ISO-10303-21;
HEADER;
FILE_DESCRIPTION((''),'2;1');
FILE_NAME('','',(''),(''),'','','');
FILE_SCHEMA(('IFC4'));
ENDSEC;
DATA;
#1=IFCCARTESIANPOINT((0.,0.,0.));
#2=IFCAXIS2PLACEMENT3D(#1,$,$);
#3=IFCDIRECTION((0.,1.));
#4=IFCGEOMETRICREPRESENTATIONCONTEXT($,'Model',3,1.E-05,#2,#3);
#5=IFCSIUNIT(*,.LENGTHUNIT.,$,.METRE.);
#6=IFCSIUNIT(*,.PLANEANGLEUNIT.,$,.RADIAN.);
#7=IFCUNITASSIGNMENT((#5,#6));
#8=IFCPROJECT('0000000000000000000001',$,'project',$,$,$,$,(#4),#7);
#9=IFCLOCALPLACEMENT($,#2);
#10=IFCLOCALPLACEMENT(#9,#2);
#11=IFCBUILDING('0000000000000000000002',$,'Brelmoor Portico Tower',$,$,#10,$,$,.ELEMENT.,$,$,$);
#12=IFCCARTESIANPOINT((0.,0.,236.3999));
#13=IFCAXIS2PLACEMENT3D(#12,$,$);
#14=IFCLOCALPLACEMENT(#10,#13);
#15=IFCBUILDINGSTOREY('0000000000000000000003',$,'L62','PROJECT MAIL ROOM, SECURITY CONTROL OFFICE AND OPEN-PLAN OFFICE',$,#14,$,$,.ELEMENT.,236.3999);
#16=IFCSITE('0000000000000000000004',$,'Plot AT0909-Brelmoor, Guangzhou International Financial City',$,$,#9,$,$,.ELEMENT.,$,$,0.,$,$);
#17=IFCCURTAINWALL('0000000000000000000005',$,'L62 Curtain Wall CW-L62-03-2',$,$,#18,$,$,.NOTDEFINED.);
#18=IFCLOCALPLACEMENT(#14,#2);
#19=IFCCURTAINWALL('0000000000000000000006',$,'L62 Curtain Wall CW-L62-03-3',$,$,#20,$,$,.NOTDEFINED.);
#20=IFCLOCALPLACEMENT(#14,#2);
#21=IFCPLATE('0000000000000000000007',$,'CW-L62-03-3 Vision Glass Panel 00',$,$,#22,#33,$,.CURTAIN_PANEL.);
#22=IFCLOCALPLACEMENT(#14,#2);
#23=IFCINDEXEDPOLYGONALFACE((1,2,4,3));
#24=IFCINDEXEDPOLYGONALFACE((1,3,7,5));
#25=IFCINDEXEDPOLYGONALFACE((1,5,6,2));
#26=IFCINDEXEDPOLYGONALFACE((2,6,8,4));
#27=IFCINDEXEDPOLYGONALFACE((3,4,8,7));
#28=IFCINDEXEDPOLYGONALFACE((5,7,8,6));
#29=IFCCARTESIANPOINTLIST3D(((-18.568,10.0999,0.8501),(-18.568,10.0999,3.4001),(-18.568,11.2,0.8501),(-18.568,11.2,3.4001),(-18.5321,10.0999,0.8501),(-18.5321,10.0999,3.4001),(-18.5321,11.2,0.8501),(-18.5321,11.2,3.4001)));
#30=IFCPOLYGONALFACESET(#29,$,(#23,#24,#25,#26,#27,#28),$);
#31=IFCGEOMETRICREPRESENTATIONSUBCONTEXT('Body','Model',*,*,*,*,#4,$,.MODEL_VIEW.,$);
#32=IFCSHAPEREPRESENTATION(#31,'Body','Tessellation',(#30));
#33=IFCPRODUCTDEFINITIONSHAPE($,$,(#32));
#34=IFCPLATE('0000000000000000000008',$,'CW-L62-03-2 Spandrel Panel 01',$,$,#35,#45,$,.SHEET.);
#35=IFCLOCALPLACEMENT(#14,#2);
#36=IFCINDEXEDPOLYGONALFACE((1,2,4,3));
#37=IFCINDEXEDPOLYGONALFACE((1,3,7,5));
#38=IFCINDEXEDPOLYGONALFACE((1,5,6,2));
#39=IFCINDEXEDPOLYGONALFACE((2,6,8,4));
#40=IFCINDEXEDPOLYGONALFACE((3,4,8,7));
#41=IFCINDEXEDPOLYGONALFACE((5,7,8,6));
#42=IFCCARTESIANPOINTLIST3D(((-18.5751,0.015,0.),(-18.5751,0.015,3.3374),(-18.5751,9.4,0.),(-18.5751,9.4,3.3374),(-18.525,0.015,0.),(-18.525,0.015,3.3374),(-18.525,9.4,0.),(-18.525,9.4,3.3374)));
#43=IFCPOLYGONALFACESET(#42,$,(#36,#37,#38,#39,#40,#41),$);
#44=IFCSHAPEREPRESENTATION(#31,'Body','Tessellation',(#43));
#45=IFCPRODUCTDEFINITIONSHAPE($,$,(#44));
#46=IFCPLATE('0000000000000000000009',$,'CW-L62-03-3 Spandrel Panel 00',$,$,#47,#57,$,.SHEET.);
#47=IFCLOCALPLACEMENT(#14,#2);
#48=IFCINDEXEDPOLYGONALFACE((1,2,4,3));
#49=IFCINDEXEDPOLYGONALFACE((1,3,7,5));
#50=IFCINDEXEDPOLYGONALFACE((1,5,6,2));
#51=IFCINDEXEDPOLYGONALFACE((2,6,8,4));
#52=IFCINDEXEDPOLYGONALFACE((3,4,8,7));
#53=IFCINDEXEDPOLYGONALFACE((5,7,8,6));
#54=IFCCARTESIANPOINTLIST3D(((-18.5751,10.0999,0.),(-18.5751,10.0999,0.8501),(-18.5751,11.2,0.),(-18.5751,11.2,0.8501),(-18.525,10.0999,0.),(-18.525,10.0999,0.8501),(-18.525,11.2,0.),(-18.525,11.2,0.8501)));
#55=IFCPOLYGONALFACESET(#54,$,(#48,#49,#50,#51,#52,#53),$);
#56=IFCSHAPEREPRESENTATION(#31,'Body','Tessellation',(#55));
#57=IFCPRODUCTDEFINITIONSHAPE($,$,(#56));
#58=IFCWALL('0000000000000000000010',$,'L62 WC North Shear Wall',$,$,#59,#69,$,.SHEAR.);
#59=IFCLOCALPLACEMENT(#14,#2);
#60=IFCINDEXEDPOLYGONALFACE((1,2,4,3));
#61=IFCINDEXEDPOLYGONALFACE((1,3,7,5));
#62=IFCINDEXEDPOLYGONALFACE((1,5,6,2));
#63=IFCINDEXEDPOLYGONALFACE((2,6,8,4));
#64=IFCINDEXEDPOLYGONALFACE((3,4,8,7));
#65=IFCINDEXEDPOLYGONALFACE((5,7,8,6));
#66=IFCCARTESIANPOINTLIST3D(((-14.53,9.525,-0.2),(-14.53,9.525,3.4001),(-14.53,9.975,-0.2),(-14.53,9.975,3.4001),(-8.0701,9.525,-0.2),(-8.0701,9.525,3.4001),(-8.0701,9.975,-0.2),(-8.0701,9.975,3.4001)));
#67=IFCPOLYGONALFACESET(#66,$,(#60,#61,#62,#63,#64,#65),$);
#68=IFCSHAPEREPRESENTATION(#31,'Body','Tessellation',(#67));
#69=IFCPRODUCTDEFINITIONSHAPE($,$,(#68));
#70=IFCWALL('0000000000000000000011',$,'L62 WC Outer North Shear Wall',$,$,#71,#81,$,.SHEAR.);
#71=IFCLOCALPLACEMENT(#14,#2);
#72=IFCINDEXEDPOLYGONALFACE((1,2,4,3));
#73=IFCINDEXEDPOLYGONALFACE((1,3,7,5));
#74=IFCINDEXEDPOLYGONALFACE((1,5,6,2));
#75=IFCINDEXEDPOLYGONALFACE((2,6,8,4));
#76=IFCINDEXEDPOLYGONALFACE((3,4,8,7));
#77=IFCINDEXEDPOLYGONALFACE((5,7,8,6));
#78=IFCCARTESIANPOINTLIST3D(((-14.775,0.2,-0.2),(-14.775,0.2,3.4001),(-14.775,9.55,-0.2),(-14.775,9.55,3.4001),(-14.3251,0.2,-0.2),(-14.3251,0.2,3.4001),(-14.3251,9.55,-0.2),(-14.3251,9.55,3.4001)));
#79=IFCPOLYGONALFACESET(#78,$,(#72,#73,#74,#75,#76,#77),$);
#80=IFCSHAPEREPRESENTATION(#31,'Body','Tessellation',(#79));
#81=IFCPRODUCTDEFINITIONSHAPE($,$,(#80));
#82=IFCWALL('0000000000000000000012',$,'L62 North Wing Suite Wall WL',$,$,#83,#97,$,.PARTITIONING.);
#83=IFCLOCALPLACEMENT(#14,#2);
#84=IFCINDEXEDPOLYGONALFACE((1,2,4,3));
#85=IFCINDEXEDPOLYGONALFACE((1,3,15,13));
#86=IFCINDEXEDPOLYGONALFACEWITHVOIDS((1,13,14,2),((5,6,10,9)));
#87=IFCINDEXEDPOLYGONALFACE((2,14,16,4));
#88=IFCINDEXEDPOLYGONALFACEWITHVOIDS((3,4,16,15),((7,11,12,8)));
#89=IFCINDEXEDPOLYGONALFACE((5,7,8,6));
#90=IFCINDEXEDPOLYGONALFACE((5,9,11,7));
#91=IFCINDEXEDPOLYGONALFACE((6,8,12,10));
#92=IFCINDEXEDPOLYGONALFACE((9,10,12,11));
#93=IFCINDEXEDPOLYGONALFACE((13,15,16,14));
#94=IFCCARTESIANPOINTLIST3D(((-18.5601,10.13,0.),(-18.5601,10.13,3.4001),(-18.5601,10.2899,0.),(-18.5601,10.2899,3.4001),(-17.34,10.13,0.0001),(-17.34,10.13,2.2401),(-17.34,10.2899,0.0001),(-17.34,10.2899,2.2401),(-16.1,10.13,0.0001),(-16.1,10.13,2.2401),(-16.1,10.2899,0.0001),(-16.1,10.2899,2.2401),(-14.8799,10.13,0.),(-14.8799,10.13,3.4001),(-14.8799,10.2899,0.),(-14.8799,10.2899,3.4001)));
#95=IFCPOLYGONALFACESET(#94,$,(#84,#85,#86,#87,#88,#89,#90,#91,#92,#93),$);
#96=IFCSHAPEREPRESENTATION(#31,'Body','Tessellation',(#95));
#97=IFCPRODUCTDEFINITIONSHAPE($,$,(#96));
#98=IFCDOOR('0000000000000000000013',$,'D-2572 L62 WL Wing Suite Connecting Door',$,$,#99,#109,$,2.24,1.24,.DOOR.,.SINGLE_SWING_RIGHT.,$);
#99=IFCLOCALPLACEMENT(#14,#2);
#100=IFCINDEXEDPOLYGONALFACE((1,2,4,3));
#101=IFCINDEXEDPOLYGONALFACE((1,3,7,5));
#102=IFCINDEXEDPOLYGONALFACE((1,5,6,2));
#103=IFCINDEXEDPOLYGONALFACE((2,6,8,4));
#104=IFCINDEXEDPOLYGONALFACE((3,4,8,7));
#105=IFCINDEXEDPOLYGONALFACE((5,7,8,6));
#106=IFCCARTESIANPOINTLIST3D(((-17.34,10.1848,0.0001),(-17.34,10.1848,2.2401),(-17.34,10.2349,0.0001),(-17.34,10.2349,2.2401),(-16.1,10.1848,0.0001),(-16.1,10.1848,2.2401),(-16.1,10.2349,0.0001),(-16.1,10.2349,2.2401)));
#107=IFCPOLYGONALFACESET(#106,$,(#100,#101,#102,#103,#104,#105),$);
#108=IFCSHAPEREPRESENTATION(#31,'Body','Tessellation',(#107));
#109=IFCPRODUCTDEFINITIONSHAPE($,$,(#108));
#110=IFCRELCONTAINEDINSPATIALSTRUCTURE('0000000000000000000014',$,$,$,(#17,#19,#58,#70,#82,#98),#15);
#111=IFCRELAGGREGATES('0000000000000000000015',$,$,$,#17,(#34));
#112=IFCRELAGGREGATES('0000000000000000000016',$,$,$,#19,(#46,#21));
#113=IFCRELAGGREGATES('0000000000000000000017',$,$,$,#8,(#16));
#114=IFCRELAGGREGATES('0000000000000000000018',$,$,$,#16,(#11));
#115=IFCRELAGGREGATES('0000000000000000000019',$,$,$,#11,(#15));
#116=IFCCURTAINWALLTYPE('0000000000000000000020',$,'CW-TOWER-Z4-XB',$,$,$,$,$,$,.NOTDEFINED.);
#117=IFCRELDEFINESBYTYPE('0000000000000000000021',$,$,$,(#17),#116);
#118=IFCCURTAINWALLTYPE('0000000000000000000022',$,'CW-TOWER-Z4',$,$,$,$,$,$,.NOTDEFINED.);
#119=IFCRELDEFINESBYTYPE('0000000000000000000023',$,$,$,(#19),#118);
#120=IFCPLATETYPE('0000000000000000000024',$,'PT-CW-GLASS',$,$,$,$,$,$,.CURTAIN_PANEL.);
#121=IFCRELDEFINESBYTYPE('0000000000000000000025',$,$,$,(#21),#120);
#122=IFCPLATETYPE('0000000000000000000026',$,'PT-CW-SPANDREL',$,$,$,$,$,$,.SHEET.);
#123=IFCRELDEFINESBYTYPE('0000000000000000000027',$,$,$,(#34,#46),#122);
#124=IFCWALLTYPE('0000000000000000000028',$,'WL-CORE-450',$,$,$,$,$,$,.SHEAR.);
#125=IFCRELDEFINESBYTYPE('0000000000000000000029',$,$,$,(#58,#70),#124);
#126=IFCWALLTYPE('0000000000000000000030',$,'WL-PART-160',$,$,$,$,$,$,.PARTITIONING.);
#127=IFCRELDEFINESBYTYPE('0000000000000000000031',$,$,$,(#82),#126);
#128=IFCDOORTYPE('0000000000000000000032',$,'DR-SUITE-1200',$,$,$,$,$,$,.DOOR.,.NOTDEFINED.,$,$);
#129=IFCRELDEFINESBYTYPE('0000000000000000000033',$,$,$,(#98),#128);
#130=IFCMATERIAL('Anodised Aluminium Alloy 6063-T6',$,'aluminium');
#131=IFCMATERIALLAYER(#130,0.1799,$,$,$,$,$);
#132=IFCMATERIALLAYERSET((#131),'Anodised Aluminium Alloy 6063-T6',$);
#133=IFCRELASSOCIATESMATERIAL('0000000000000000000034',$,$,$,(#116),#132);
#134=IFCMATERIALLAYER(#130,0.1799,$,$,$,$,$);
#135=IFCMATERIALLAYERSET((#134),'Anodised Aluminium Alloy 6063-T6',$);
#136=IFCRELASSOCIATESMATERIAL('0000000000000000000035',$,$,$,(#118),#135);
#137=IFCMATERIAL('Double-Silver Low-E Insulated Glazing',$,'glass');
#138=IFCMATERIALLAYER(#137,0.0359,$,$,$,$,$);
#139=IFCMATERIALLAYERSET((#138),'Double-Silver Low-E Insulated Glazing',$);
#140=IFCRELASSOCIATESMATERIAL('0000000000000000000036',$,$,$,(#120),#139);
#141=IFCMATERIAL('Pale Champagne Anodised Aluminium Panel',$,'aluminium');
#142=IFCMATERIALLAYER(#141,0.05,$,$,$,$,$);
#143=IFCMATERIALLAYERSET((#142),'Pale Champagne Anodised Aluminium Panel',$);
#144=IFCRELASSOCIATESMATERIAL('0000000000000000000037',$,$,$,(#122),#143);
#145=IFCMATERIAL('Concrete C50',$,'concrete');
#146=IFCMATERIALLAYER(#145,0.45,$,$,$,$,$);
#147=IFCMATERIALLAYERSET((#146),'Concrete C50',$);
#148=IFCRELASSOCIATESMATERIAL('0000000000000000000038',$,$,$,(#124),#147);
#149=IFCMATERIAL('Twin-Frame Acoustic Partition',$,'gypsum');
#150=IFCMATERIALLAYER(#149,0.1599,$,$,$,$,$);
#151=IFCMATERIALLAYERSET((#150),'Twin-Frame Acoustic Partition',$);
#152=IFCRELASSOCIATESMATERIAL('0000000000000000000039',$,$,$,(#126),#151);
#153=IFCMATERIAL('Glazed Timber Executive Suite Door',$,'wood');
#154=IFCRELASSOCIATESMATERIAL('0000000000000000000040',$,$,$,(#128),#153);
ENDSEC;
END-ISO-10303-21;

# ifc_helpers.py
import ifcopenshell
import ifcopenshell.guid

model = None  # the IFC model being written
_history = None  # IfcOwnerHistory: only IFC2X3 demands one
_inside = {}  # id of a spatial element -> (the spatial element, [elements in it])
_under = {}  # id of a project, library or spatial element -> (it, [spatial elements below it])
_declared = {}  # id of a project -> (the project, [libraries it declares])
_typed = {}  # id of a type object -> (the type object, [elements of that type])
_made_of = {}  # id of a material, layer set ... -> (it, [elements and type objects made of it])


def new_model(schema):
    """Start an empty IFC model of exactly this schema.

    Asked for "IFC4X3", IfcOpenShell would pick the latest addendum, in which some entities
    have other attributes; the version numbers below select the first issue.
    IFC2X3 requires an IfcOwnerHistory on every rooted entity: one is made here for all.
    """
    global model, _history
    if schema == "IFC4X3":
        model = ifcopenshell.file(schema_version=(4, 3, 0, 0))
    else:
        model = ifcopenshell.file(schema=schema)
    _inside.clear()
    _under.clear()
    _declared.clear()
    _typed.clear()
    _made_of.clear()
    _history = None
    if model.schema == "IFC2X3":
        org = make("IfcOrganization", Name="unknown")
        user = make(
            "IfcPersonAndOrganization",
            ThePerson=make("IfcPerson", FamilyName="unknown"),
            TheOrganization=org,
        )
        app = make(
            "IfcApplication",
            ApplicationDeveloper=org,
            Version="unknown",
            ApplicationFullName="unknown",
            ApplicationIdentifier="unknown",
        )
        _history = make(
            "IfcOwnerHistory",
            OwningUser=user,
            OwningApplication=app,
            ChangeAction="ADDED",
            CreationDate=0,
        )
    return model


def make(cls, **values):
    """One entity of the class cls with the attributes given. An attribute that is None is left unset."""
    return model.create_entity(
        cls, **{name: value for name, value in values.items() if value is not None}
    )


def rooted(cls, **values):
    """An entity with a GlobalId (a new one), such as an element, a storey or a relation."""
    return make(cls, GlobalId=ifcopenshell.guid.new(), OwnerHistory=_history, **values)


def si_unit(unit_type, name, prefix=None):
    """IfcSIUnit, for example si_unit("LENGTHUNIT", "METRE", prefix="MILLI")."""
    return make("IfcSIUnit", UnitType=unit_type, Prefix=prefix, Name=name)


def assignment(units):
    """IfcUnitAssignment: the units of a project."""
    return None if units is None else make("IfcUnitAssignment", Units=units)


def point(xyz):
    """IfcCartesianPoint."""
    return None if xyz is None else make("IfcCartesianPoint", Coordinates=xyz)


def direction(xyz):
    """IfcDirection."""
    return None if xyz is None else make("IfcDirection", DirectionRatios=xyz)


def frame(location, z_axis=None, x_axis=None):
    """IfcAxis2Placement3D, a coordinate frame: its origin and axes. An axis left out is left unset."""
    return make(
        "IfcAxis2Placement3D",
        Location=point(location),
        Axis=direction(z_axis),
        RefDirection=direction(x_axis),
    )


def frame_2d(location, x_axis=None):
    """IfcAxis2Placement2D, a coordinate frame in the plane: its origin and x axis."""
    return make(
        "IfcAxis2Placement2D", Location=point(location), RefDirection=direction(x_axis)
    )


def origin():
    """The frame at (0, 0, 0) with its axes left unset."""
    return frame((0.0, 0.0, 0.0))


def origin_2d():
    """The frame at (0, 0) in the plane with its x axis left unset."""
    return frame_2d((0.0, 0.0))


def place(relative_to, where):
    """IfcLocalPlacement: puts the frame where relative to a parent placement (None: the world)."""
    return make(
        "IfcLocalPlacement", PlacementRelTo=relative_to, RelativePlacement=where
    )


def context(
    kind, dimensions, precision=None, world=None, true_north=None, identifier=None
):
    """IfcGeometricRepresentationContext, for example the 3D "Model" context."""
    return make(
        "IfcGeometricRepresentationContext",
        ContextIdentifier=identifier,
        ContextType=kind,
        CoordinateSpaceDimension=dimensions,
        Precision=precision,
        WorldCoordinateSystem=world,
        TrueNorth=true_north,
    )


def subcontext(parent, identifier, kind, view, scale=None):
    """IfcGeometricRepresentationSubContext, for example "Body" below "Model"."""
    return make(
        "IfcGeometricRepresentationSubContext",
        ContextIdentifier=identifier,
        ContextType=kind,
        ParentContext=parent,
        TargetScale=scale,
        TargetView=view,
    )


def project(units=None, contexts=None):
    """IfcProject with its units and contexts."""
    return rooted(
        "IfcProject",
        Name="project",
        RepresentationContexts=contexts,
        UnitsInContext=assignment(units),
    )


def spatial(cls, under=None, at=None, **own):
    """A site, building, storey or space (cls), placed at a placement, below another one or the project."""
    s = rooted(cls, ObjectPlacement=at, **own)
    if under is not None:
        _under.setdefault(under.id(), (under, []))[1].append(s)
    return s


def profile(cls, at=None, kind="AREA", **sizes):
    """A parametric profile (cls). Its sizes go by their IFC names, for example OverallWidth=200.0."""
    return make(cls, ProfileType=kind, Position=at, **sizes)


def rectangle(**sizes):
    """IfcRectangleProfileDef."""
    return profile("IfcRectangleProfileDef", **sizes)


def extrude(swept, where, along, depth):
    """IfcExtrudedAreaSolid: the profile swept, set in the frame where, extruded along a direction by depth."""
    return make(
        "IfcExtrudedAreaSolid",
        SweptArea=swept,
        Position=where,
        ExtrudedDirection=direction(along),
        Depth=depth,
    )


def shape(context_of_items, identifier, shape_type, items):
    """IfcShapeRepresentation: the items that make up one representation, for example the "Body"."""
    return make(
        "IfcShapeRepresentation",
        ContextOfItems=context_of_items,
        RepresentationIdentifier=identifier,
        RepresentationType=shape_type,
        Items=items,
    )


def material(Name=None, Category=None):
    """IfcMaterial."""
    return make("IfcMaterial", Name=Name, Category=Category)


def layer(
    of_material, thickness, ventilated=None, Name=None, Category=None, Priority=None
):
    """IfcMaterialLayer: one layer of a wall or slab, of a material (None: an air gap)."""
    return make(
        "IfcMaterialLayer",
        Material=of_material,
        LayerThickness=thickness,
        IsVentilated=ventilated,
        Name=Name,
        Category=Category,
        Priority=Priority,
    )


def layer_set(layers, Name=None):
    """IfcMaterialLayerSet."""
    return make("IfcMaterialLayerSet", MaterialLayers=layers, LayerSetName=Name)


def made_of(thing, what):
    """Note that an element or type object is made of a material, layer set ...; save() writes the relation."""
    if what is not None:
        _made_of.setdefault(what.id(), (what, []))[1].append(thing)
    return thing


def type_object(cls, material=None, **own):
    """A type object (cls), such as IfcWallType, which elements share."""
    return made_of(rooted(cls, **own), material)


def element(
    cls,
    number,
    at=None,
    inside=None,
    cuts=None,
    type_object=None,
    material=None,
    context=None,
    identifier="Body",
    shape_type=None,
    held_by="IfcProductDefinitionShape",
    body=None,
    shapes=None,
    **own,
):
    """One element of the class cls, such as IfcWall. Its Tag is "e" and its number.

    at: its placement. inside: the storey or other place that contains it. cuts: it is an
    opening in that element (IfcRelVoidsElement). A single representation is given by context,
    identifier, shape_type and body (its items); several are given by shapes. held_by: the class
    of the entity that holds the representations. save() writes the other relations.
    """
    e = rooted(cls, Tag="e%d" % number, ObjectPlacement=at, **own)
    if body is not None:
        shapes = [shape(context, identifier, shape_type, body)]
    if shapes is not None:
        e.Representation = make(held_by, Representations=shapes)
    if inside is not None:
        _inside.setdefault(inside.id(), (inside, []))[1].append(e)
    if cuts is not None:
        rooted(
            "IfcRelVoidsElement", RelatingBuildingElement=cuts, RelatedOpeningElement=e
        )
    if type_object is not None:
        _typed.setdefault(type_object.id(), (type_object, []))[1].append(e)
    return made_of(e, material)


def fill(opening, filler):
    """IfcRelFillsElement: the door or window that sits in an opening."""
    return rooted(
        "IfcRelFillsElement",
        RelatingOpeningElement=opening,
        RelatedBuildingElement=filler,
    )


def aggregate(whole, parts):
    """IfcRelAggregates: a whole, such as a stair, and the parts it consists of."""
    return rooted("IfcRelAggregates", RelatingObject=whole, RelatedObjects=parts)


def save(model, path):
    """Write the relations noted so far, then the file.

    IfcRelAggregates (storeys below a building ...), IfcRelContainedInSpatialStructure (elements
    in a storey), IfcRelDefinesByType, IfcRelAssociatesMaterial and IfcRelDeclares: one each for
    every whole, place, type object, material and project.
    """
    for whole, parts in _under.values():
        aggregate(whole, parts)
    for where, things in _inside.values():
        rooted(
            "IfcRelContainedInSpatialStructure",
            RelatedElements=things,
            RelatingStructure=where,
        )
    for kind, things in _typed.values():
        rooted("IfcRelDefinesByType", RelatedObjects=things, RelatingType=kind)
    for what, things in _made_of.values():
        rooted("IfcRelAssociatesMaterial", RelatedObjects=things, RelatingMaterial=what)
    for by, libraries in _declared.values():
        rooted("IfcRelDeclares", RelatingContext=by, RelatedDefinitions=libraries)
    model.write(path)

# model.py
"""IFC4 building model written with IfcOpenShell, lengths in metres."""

from ifc_helpers import new_model, si_unit, direction, frame, frame_2d, origin, origin_2d, place, context, subcontext, project, spatial, rectangle, extrude, material, layer, layer_set, type_object, element, fill, aggregate, save


model = new_model("IFC4")

# Units and contexts
model_context = context("Model", 3, precision=1e-05, world=origin(), true_north=direction((0.0, 1.0)))
body_context = subcontext(model_context, "Body", "Model", "MODEL_VIEW")
ifc_project = project(units=[si_unit("LENGTHUNIT", "METRE"), si_unit("PLANEANGLEUNIT", "RADIAN")], contexts=[model_context])

# Site, building, storey
site_placement = place(None, origin())
site = spatial("IfcSite", under=ifc_project, at=site_placement, Name="Plot AT0909-Brelmoor, Guangzhou International Financial City", CompositionType="ELEMENT", RefElevation=0.0)
building_placement = place(site_placement, origin())
building = spatial("IfcBuilding", under=site, at=building_placement, Name="Brelmoor Portico Tower", CompositionType="ELEMENT")
storey_placement = place(building_placement, frame((0.0, 0.0, 236.3999)))
storey = spatial("IfcBuildingStorey", under=building, at=storey_placement, Name="L62", Description="PROJECT MAIL ROOM, SECURITY CONTROL OFFICE AND OPEN-PLAN OFFICE", CompositionType="ELEMENT", Elevation=236.3999)

# Curtain wall
ifc_material_1 = material(Name="Anodised Aluminium Alloy 6063-T6", Category="aluminium")
ifc_layer_1 = layer(ifc_material_1, 0.1799)
ifc_layer_set_1 = layer_set([ifc_layer_1], Name="Anodised Aluminium Alloy 6063-T6")
curtain_wall_type_1 = type_object("IfcCurtainWallType", Name="CW-TOWER-Z4-XB", PredefinedType="NOTDEFINED", material=ifc_layer_set_1)
curtain_wall_1_placement = place(storey_placement, origin())
curtain_wall_1 = element("IfcCurtainWall", 1, at=curtain_wall_1_placement, inside=storey, type_object=curtain_wall_type_1, Name="L62 Curtain Wall CW-L62-03-2", PredefinedType="NOTDEFINED")

# Curtain wall
ifc_layer_2 = layer(ifc_material_1, 0.1799)
ifc_layer_set_2 = layer_set([ifc_layer_2], Name="Anodised Aluminium Alloy 6063-T6")
curtain_wall_type_2 = type_object("IfcCurtainWallType", Name="CW-TOWER-Z4", PredefinedType="NOTDEFINED", material=ifc_layer_set_2)
curtain_wall_2_placement = place(storey_placement, origin())
curtain_wall_2 = element("IfcCurtainWall", 2, at=curtain_wall_2_placement, inside=storey, type_object=curtain_wall_type_2, Name="L62 Curtain Wall CW-L62-03-3", PredefinedType="NOTDEFINED")

# Plates
ifc_material_2 = material(Name="Double-Silver Low-E Insulated Glazing", Category="glass")
ifc_layer_3 = layer(ifc_material_2, 0.0359)
ifc_layer_set_3 = layer_set([ifc_layer_3], Name="Double-Silver Low-E Insulated Glazing")
plate_type_1 = type_object("IfcPlateType", Name="PT-CW-GLASS", PredefinedType="CURTAIN_PANEL", material=ifc_layer_set_3)
plate_1_placement = place(storey_placement, frame((-18.55, 10.6499, 0.8501), z_axis=(0.0, 0.0, 1.0), x_axis=(0.0, 1.0, 0.0)))
plate_1 = element("IfcPlate", 3, at=plate_1_placement, type_object=plate_type_1, Name="CW-L62-03-3 Vision Glass Panel 00", PredefinedType="CURTAIN_PANEL", context=body_context, shape_type="SweptSolid", body=[
    extrude(rectangle(XDim=1.1001, YDim=0.0359, at=origin_2d()), origin(), (0.0, 0.0, 1.0), 2.55),
])
ifc_material_3 = material(Name="Pale Champagne Anodised Aluminium Panel", Category="aluminium")
ifc_layer_4 = layer(ifc_material_3, 0.05)
ifc_layer_set_4 = layer_set([ifc_layer_4], Name="Pale Champagne Anodised Aluminium Panel")
plate_type_2 = type_object("IfcPlateType", Name="PT-CW-SPANDREL", PredefinedType="SHEET", material=ifc_layer_set_4)
plate_2_placement = place(storey_placement, frame((-18.55, 4.7075, 0.0), z_axis=(0.0, 0.0, 1.0), x_axis=(0.0, 1.0, 0.0)))
plate_2 = element("IfcPlate", 4, at=plate_2_placement, type_object=plate_type_2, Name="CW-L62-03-2 Spandrel Panel 01", PredefinedType="SHEET", context=body_context, shape_type="SweptSolid", body=[
    extrude(rectangle(XDim=9.385, YDim=0.05, at=origin_2d()), origin(), (0.0, 0.0, 1.0), 3.3374),
])
aggregate(curtain_wall_1, [plate_2])
plate_3_placement = place(storey_placement, frame((-18.55, 10.6499, 0.0), z_axis=(0.0, 0.0, 1.0), x_axis=(0.0, 1.0, 0.0)))
plate_3 = element("IfcPlate", 5, at=plate_3_placement, type_object=plate_type_2, Name="CW-L62-03-3 Spandrel Panel 00", PredefinedType="SHEET", context=body_context, shape_type="SweptSolid", body=[
    extrude(rectangle(XDim=1.1001, YDim=0.05, at=origin_2d()), origin(), (0.0, 0.0, 1.0), 0.8501),
])
aggregate(curtain_wall_2, [plate_3, plate_1])

# Walls
ifc_material_4 = material(Name="Concrete C50", Category="concrete")
ifc_layer_5 = layer(ifc_material_4, 0.45)
ifc_layer_set_5 = layer_set([ifc_layer_5], Name="Concrete C50")
wall_type_1 = type_object("IfcWallType", Name="WL-CORE-450", PredefinedType="SHEAR", material=ifc_layer_set_5)
wall_1_placement = place(storey_placement, frame((-14.53, 9.75, -0.2), z_axis=(0.0, 0.0, 1.0), x_axis=(1.0, 0.0, 0.0)))
element("IfcWall", 6, at=wall_1_placement, inside=storey, type_object=wall_type_1, Name="L62 WC North Shear Wall", PredefinedType="SHEAR", context=body_context, shape_type="SweptSolid", body=[
    extrude(rectangle(XDim=6.46, YDim=0.45, at=frame_2d((3.23, 0.0))), origin(), (0.0, 0.0, 1.0), 3.6001),
])
wall_2_placement = place(storey_placement, frame((-14.55, 0.2, -0.2), z_axis=(0.0, 0.0, 1.0), x_axis=(0.0, 1.0, 0.0)))
element("IfcWall", 7, at=wall_2_placement, inside=storey, type_object=wall_type_1, Name="L62 WC Outer North Shear Wall", PredefinedType="SHEAR", context=body_context, shape_type="SweptSolid", body=[
    extrude(rectangle(XDim=9.3501, YDim=0.45, at=frame_2d((4.675, 0.0))), origin(), (0.0, 0.0, 1.0), 3.6001),
])

# Wall, opening, door
ifc_material_5 = material(Name="Twin-Frame Acoustic Partition", Category="gypsum")
ifc_layer_6 = layer(ifc_material_5, 0.1599)
ifc_layer_set_6 = layer_set([ifc_layer_6], Name="Twin-Frame Acoustic Partition")
wall_type_2 = type_object("IfcWallType", Name="WL-PART-160", PredefinedType="PARTITIONING", material=ifc_layer_set_6)
wall_3_placement = place(storey_placement, frame((-18.5601, 10.21, 0.0), z_axis=(0.0, 0.0, 1.0), x_axis=(1.0, 0.0, 0.0)))
wall_3 = element("IfcWall", 8, at=wall_3_placement, inside=storey, type_object=wall_type_2, Name="L62 North Wing Suite Wall WL", PredefinedType="PARTITIONING", context=body_context, shape_type="SweptSolid", body=[
    extrude(rectangle(XDim=3.6802, YDim=0.1599, at=frame_2d((1.8401, 0.0))), origin(), (0.0, 0.0, 1.0), 3.4001),
])
opening_placement = place(wall_3_placement, frame((1.22, 0.0, 0.0)))
opening = element("IfcOpeningElement", 9, at=opening_placement, cuts=wall_3, PredefinedType="OPENING", context=body_context, shape_type="SweptSolid", body=[
    extrude(rectangle(XDim=1.24, YDim=2.24, at=frame_2d((0.6201, 1.1201))), frame((0.0, 0.0898, 0.0), z_axis=(0.0, -1.0, 0.0), x_axis=(1.0, 0.0, 0.0)), (0.0, 0.0, 1.0), 0.1799),
])
ifc_material_6 = material(Name="Glazed Timber Executive Suite Door", Category="wood")
door_type = type_object("IfcDoorType", Name="DR-SUITE-1200", OperationType="NOTDEFINED", PredefinedType="DOOR", material=ifc_material_6)
door_placement = place(opening_placement, origin())
door = element("IfcDoor", 10, at=door_placement, inside=storey, type_object=door_type, Name="D-2572 L62 WL Wing Suite Connecting Door", OperationType="SINGLE_SWING_RIGHT", OverallHeight=2.24, OverallWidth=1.24, PredefinedType="DOOR", context=body_context, shape_type="SweptSolid", body=[
    extrude(rectangle(XDim=1.24, YDim=2.24, at=frame_2d((0.6201, 1.1201))), frame((0.0, 0.0249, 0.0), z_axis=(0.0, -1.0, 0.0), x_axis=(1.0, 0.0, 0.0)), (0.0, 0.0, 1.0), 0.05),
])
fill(opening, door)

save(model, "model.ifc")
